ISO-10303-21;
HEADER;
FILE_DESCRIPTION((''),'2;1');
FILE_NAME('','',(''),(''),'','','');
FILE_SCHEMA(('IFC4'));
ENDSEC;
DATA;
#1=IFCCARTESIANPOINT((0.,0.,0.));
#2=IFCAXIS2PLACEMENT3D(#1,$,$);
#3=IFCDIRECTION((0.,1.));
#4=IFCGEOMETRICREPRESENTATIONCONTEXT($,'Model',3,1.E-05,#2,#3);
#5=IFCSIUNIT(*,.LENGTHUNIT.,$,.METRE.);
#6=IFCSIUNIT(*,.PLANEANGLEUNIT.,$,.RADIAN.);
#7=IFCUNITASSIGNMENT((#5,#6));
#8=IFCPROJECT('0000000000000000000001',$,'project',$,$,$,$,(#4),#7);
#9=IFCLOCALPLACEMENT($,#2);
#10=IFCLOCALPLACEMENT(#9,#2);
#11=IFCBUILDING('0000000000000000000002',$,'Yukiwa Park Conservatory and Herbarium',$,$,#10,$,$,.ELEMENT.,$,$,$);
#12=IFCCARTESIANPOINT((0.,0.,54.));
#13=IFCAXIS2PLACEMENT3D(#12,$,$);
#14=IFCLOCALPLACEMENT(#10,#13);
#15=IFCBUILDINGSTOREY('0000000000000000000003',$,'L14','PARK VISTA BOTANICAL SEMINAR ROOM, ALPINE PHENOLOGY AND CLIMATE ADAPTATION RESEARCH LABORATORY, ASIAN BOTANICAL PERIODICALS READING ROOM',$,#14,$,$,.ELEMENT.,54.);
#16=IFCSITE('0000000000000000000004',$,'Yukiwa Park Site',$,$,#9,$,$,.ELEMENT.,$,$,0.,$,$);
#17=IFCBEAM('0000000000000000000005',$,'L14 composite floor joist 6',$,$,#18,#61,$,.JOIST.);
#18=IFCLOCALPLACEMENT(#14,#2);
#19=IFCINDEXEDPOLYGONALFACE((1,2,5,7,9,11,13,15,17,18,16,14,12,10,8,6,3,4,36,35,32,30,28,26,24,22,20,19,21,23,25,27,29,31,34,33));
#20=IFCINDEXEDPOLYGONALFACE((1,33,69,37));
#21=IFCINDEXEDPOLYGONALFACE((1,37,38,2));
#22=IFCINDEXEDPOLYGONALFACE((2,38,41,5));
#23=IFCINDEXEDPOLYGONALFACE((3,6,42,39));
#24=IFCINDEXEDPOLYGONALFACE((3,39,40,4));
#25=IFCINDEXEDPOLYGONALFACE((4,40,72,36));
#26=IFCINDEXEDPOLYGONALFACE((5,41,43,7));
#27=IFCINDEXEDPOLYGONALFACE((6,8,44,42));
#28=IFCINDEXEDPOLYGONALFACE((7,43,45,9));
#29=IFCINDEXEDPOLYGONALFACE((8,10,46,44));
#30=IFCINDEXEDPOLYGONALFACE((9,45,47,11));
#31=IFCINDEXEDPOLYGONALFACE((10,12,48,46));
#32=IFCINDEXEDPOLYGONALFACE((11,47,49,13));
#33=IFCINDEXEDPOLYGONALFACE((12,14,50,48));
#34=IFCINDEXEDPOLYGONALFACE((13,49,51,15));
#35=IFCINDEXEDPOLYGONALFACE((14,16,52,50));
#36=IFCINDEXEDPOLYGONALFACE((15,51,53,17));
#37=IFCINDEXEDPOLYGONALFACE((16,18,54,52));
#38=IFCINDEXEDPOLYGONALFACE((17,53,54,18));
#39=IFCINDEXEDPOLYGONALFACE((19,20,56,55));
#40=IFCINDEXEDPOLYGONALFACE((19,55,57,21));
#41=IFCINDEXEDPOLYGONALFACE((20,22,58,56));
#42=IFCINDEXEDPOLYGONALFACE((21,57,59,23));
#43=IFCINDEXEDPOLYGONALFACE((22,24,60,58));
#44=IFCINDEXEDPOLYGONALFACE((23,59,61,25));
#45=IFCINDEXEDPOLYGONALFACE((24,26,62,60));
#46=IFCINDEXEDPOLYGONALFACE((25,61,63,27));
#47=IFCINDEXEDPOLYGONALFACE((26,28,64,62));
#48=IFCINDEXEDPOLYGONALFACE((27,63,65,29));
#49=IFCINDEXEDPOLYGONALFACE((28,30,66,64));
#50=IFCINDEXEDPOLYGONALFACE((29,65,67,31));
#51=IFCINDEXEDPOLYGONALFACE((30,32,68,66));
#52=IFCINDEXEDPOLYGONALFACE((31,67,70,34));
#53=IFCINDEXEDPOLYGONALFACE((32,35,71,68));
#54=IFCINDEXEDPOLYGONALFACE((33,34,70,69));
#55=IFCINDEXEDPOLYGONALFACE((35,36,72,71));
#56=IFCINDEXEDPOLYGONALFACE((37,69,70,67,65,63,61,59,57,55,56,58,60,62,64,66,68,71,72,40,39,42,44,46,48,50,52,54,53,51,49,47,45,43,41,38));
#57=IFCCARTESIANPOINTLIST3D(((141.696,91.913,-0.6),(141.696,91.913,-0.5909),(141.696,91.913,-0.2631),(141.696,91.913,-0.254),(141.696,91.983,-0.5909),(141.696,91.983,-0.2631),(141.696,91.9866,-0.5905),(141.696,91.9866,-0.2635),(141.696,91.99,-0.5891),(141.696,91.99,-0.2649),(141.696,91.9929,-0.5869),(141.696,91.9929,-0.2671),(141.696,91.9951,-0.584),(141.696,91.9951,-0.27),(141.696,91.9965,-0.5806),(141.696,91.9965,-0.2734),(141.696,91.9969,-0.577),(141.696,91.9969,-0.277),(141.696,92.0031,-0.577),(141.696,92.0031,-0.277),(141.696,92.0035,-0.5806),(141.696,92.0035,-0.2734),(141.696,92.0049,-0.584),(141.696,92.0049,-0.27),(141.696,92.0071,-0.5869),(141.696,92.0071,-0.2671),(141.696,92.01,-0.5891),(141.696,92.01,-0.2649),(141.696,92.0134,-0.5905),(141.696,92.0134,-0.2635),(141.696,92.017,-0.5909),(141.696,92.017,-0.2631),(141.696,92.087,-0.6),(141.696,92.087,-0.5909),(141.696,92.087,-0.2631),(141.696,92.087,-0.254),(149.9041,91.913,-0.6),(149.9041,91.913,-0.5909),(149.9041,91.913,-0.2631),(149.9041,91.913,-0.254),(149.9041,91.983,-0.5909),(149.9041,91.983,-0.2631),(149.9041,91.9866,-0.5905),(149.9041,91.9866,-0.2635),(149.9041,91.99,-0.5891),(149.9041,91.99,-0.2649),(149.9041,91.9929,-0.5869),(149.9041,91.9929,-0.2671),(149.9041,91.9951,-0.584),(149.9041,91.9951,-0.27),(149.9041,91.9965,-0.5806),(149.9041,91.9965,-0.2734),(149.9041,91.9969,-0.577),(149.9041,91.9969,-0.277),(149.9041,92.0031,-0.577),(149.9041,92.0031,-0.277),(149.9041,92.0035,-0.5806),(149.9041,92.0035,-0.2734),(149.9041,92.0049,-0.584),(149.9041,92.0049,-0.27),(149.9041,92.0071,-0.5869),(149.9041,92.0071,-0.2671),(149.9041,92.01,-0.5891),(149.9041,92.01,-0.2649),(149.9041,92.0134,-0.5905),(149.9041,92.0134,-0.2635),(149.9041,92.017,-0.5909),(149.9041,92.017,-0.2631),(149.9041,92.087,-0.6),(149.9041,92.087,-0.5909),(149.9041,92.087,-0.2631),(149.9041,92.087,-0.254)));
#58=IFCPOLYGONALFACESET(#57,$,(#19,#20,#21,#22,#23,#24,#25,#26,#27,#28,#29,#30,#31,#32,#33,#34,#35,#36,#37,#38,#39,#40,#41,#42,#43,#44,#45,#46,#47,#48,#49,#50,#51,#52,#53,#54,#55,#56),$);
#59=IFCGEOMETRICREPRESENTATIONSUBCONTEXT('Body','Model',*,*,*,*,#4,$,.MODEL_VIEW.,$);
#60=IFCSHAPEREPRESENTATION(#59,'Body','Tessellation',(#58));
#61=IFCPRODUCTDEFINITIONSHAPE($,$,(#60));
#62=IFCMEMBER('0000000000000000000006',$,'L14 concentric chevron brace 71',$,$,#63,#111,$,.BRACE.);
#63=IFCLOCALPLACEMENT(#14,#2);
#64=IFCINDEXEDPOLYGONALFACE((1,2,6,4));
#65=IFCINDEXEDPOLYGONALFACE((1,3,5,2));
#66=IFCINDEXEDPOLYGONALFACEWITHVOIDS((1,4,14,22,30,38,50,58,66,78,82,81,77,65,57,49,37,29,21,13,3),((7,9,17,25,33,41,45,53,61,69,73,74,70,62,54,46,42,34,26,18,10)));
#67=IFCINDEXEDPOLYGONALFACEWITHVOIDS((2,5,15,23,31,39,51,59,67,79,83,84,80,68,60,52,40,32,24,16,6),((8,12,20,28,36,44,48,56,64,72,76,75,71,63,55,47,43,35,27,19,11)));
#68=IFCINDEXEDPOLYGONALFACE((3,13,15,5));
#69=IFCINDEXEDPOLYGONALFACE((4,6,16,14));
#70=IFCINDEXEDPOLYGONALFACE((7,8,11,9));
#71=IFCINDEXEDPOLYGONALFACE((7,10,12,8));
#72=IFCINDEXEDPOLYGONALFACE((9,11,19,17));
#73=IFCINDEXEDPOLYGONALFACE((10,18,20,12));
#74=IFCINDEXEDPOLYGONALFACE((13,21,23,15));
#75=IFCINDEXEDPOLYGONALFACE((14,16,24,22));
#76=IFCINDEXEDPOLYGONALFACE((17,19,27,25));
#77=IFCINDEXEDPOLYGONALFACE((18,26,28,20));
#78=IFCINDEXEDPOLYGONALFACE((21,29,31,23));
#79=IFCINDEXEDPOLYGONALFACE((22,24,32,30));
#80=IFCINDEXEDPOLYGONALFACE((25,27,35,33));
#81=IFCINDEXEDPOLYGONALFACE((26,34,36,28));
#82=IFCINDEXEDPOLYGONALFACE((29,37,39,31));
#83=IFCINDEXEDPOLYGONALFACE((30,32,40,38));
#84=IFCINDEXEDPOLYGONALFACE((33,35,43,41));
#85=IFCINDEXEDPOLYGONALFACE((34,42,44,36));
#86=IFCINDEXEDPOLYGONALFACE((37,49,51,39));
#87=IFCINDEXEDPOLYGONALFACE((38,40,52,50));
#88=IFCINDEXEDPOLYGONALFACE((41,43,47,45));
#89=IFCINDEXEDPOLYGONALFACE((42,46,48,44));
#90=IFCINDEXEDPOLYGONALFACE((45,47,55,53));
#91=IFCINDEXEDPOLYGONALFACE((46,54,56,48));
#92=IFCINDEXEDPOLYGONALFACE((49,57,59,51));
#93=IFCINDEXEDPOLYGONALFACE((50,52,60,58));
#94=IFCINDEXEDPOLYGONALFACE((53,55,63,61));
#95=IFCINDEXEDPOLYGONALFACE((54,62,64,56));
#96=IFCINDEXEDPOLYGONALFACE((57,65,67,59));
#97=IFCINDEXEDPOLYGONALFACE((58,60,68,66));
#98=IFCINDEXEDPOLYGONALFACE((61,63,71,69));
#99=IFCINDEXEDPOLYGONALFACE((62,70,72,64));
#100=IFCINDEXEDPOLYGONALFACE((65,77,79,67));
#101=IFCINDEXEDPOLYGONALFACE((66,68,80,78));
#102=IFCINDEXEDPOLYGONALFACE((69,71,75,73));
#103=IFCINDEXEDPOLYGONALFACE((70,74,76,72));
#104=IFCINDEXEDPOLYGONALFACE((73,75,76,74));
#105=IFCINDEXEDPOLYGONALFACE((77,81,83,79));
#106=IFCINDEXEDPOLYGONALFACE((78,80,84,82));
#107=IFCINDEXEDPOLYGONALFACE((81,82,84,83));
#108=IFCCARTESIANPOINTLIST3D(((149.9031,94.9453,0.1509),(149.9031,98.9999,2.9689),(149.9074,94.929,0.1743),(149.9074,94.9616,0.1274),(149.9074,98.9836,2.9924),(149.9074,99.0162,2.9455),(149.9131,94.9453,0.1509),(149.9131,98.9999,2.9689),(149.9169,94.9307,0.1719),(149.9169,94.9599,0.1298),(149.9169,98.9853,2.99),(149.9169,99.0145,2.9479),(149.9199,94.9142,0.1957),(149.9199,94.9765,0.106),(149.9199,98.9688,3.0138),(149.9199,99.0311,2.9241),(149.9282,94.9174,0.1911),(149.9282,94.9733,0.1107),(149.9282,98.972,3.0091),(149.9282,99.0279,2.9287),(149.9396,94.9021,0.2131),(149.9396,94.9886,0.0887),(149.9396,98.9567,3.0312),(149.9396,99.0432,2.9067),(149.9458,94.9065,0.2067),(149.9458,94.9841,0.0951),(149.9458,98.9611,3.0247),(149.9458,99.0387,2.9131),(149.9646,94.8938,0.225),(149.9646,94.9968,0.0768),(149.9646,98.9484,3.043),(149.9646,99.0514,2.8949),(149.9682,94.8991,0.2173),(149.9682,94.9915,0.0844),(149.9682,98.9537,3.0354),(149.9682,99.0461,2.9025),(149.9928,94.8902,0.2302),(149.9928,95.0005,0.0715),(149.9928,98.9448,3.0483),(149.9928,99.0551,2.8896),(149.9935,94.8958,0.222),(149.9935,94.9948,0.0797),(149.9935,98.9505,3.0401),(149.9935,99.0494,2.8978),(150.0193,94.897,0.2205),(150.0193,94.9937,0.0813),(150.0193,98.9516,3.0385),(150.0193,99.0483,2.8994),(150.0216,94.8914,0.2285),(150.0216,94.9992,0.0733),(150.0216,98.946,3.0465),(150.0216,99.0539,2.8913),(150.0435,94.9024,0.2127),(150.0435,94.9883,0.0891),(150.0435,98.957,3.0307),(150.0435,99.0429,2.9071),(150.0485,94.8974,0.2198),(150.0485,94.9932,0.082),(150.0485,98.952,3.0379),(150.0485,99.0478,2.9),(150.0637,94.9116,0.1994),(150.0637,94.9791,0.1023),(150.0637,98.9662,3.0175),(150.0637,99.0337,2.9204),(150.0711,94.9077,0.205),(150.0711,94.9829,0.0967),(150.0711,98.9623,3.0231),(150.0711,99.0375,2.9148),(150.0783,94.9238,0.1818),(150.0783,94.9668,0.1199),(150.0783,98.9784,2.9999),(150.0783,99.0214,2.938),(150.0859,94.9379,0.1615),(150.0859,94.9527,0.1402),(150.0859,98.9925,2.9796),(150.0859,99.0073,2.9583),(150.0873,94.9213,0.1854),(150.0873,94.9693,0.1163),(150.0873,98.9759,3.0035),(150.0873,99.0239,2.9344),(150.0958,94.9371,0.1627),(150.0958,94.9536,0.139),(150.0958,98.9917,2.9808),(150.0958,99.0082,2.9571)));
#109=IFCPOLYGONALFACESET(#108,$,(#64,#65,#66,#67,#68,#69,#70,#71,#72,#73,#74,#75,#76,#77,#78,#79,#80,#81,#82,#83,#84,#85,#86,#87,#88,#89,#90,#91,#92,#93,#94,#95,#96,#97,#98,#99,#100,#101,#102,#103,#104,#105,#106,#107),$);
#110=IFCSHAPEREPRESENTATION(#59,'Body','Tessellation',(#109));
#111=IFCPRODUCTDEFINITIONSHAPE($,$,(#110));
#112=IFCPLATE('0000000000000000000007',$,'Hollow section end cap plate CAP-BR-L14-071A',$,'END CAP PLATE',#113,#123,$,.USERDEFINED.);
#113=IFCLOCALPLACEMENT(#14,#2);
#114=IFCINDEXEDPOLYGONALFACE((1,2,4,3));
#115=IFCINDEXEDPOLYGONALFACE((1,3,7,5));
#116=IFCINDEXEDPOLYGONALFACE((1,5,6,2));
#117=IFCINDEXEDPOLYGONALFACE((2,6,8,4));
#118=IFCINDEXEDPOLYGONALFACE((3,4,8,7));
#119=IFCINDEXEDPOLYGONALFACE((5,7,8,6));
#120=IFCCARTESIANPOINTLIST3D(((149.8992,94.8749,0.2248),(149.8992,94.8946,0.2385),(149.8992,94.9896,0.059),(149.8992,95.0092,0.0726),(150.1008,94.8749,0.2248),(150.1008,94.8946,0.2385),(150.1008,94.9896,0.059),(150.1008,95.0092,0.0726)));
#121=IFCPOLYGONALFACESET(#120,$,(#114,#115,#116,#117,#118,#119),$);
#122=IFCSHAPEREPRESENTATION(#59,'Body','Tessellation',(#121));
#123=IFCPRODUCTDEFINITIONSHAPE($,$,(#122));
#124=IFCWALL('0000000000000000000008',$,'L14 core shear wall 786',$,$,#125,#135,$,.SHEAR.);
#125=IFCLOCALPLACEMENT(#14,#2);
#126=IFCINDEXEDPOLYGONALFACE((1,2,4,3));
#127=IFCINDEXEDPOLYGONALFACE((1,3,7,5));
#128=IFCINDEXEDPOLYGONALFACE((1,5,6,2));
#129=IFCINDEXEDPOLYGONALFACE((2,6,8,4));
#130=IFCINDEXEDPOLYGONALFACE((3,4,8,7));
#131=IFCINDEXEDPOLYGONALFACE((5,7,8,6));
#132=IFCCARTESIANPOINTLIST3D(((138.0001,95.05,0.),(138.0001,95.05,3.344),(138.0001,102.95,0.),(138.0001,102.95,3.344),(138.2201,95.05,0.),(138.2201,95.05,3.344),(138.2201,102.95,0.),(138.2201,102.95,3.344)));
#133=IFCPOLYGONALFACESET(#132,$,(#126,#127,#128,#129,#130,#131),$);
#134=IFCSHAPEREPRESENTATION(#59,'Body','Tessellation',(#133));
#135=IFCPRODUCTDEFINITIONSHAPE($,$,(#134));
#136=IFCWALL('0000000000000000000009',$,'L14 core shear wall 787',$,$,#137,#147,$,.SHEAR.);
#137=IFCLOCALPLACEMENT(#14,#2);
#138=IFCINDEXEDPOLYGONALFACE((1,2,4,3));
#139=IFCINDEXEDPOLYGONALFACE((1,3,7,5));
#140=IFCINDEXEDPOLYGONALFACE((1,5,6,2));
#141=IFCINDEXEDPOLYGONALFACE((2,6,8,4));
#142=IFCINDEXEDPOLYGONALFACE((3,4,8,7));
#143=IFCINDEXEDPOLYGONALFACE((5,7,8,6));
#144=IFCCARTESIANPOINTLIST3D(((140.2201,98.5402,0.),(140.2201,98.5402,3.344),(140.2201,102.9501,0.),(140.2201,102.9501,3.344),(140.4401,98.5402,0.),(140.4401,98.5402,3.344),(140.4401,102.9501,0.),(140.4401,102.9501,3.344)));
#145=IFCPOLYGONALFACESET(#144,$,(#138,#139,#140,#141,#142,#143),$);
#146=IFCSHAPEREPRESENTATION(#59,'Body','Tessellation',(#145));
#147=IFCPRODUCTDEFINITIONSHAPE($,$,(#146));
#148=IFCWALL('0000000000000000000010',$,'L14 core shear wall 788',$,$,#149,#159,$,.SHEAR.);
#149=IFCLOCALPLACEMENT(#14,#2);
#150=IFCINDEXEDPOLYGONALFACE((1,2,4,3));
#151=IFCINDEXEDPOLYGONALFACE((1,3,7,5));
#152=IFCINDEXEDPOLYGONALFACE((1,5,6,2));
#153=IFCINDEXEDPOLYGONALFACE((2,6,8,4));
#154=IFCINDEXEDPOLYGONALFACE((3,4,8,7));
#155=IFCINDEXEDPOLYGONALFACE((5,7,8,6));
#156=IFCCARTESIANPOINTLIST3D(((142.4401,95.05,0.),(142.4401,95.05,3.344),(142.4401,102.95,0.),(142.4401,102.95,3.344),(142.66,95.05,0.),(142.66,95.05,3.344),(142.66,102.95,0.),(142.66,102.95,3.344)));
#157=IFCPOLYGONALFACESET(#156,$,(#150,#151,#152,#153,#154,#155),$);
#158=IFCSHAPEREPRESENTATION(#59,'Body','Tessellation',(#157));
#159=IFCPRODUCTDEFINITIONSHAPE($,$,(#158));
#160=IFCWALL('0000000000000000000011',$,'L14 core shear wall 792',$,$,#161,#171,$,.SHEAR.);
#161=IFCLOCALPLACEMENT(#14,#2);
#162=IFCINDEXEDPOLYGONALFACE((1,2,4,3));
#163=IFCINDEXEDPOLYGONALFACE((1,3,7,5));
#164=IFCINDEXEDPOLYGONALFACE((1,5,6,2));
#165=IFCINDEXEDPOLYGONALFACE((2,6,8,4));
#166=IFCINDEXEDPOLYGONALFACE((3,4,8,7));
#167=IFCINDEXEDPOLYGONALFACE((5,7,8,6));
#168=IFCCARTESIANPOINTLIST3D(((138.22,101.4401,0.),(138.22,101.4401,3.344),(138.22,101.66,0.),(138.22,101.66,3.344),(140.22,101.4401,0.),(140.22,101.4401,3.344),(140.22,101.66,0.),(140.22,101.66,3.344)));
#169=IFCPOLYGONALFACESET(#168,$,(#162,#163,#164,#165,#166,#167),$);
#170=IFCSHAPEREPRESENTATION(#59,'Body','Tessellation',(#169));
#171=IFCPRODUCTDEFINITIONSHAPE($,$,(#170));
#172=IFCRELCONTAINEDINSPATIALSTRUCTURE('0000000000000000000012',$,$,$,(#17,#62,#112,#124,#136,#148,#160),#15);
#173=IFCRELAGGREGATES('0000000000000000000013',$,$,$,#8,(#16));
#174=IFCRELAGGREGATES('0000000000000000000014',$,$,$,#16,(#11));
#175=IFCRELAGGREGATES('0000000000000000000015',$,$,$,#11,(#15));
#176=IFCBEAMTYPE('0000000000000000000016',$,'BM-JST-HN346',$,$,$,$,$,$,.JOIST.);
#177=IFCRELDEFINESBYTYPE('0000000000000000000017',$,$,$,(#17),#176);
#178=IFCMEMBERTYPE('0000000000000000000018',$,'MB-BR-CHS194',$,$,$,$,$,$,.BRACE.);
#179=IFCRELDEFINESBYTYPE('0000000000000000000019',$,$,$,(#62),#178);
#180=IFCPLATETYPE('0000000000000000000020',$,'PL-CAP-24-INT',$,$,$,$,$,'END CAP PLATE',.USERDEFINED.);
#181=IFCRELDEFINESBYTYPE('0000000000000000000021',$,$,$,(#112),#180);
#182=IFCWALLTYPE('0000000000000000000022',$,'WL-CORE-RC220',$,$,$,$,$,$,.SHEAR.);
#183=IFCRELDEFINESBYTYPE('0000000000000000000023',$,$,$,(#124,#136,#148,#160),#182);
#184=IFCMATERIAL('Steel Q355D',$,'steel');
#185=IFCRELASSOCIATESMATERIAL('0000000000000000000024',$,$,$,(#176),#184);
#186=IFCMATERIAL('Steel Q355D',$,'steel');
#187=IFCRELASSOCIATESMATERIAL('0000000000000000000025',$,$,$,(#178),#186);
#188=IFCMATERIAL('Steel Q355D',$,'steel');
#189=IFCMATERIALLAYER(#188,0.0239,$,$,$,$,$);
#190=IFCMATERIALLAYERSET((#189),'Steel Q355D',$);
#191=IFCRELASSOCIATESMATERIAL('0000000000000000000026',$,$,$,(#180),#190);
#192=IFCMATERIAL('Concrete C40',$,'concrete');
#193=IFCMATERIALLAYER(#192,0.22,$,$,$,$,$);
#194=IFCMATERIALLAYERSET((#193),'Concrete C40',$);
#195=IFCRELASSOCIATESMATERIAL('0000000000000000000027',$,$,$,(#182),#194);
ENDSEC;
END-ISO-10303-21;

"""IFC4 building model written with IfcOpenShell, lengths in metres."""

from ifc_helpers import new_model, si_unit, direction, frame, frame_2d, origin, origin_2d, place, context, subcontext, project, spatial, rectangle, hollow_circle, i_section, extrude, material, layer, layer_set, material_profile, profile_set, type_object, element, save


model = new_model("IFC4")

# Units and contexts
model_context = context("Model", 3, precision=1e-05, world=origin(), true_north=direction((0.0, 1.0)))
body_context = subcontext(model_context, "Body", "Model", "MODEL_VIEW")
ifc_project = project(units=[si_unit("LENGTHUNIT", "METRE"), si_unit("PLANEANGLEUNIT", "RADIAN")], contexts=[model_context])

# Site, building, storey
site_placement = place(None, origin())
site = spatial("IfcSite", under=ifc_project, at=site_placement, Name="Yukiwa Park Site", CompositionType="ELEMENT", RefElevation=0.0)
building_placement = place(site_placement, origin())
building = spatial("IfcBuilding", under=site, at=building_placement, Name="Yukiwa Park Conservatory and Herbarium", CompositionType="ELEMENT")
storey_placement = place(building_placement, frame((0.0, 0.0, 54.0)))
storey = spatial("IfcBuildingStorey", under=building, at=storey_placement, Name="L14", Description="PARK VISTA BOTANICAL SEMINAR ROOM, ALPINE PHENOLOGY AND CLIMATE ADAPTATION RESEARCH LABORATORY, ASIAN BOTANICAL PERIODICALS READING ROOM", CompositionType="ELEMENT", Elevation=54.0)

# Beam
ifc_material_1 = material(Name="Steel Q355D", Category="steel")
ifc_material_profile_1 = material_profile(ifc_material_1, i_section(OverallWidth=0.1741, OverallDepth=0.3459, WebThickness=0.0061, FlangeThickness=0.009, FilletRadius=0.0139, at=origin_2d()), Name="HN 346x174x6x9")
ifc_profile_set_1 = profile_set([ifc_material_profile_1], Name="Steel Q355D")
beam_type_1 = type_object("IfcBeamType", Name="BM-JST-HN346", PredefinedType="JOIST", material=ifc_profile_set_1)
beam_1_placement = place(storey_placement, frame((141.696, 92.0, -0.427), z_axis=(1.0, 0.0, 0.0), x_axis=(0.0, 1.0, 0.0)))
element("IfcBeam", 1, at=beam_1_placement, inside=storey, type_object=beam_type_1, Name="L14 composite floor joist 6", PredefinedType="JOIST", context=body_context, shape_type="SweptSolid", body=[
    extrude(i_section(OverallWidth=0.1741, OverallDepth=0.3459, WebThickness=0.0061, FlangeThickness=0.009, FilletRadius=0.0139, at=origin_2d()), origin(), (0.0, 0.0, 1.0), 8.208),
])

# Member
ifc_material_2 = material(Name="Steel Q355D", Category="steel")
ifc_material_profile_2 = material_profile(ifc_material_2, hollow_circle(Radius=0.0969, WallThickness=0.01, at=origin_2d()), Name="CHS 193.7x10")
ifc_profile_set_2 = profile_set([ifc_material_profile_2], Name="Steel Q355D")
member_type = type_object("IfcMemberType", Name="MB-BR-CHS194", PredefinedType="BRACE", material=ifc_profile_set_2)
member_placement = place(storey_placement, frame((150.0, 94.9453, 0.1509), z_axis=(0.0, 0.821146, 0.570718), x_axis=(-1.0, 0.0, 0.0)))
element("IfcMember", 2, at=member_placement, inside=storey, type_object=member_type, Name="L14 concentric chevron brace 71", PredefinedType="BRACE", context=body_context, shape_type="SweptSolid", body=[
    extrude(hollow_circle(Radius=0.0969, WallThickness=0.01, at=origin_2d()), origin(), (0.0, 0.0, 1.0), 4.9377),
])

# Plate
ifc_material_3 = material(Name="Steel Q355D", Category="steel")
ifc_layer_1 = layer(ifc_material_3, 0.0239)
ifc_layer_set_1 = layer_set([ifc_layer_1], Name="Steel Q355D")
plate_type = type_object("IfcPlateType", Name="PL-CAP-24-INT", ElementType="END CAP PLATE", PredefinedType="USERDEFINED", material=ifc_layer_set_1)
plate_placement = place(storey_placement, frame((150.0, 94.9519, 0.1555), z_axis=(0.0, -0.822558, -0.568682), x_axis=(1.0, 0.0, 0.0)))
element("IfcPlate", 3, at=plate_placement, inside=storey, type_object=plate_type, Name="Hollow section end cap plate CAP-BR-L14-071A", ObjectType="END CAP PLATE", PredefinedType="USERDEFINED", context=body_context, shape_type="SweptSolid", body=[
    extrude(rectangle(XDim=0.2017, YDim=0.2017, at=origin_2d()), origin(), (0.0, 0.0, 1.0), 0.0239),
])

# Walls
ifc_material_4 = material(Name="Concrete C40", Category="concrete")
ifc_layer_2 = layer(ifc_material_4, 0.22)
ifc_layer_set_2 = layer_set([ifc_layer_2], Name="Concrete C40")
wall_type_1 = type_object("IfcWallType", Name="WL-CORE-RC220", PredefinedType="SHEAR", material=ifc_layer_set_2)
wall_1_placement = place(storey_placement, frame((138.1101, 95.05, 0.0), z_axis=(0.0, 0.0, 1.0), x_axis=(0.0, 1.0, 0.0)))
element("IfcWall", 4, at=wall_1_placement, inside=storey, type_object=wall_type_1, Name="L14 core shear wall 786", PredefinedType="SHEAR", context=body_context, shape_type="SweptSolid", body=[
    extrude(rectangle(XDim=7.8999, YDim=0.22, at=frame_2d((3.95, 0.0))), origin(), (0.0, 0.0, 1.0), 3.344),
])
wall_2_placement = place(storey_placement, frame((140.3301, 98.54, 0.0), z_axis=(0.0, 0.0, 1.0), x_axis=(0.0, 1.0, 0.0)))
element("IfcWall", 5, at=wall_2_placement, inside=storey, type_object=wall_type_1, Name="L14 core shear wall 787", PredefinedType="SHEAR", context=body_context, shape_type="SweptSolid", body=[
    extrude(rectangle(XDim=4.4099, YDim=0.22, at=frame_2d((2.2051, 0.0))), origin(), (0.0, 0.0, 1.0), 3.344),
])
wall_3_placement = place(storey_placement, frame((142.55, 95.05, 0.0), z_axis=(0.0, 0.0, 1.0), x_axis=(0.0, 1.0, 0.0)))
element("IfcWall", 6, at=wall_3_placement, inside=storey, type_object=wall_type_1, Name="L14 core shear wall 788", PredefinedType="SHEAR", context=body_context, shape_type="SweptSolid", body=[
    extrude(rectangle(XDim=7.8999, YDim=0.22, at=frame_2d((3.95, 0.0))), origin(), (0.0, 0.0, 1.0), 3.344),
])

# Wall
wall_4_placement = place(storey_placement, frame((138.22, 101.55, 0.0), z_axis=(0.0, 0.0, 1.0), x_axis=(1.0, 0.0, 0.0)))
element("IfcWall", 7, at=wall_4_placement, inside=storey, type_object=wall_type_1, Name="L14 core shear wall 792", PredefinedType="SHEAR", context=body_context, shape_type="SweptSolid", body=[
    extrude(rectangle(XDim=2.0, YDim=0.22, at=frame_2d((1.0, 0.0))), origin(), (0.0, 0.0, 1.0), 3.344),
])

save(model, "model.ifc")
